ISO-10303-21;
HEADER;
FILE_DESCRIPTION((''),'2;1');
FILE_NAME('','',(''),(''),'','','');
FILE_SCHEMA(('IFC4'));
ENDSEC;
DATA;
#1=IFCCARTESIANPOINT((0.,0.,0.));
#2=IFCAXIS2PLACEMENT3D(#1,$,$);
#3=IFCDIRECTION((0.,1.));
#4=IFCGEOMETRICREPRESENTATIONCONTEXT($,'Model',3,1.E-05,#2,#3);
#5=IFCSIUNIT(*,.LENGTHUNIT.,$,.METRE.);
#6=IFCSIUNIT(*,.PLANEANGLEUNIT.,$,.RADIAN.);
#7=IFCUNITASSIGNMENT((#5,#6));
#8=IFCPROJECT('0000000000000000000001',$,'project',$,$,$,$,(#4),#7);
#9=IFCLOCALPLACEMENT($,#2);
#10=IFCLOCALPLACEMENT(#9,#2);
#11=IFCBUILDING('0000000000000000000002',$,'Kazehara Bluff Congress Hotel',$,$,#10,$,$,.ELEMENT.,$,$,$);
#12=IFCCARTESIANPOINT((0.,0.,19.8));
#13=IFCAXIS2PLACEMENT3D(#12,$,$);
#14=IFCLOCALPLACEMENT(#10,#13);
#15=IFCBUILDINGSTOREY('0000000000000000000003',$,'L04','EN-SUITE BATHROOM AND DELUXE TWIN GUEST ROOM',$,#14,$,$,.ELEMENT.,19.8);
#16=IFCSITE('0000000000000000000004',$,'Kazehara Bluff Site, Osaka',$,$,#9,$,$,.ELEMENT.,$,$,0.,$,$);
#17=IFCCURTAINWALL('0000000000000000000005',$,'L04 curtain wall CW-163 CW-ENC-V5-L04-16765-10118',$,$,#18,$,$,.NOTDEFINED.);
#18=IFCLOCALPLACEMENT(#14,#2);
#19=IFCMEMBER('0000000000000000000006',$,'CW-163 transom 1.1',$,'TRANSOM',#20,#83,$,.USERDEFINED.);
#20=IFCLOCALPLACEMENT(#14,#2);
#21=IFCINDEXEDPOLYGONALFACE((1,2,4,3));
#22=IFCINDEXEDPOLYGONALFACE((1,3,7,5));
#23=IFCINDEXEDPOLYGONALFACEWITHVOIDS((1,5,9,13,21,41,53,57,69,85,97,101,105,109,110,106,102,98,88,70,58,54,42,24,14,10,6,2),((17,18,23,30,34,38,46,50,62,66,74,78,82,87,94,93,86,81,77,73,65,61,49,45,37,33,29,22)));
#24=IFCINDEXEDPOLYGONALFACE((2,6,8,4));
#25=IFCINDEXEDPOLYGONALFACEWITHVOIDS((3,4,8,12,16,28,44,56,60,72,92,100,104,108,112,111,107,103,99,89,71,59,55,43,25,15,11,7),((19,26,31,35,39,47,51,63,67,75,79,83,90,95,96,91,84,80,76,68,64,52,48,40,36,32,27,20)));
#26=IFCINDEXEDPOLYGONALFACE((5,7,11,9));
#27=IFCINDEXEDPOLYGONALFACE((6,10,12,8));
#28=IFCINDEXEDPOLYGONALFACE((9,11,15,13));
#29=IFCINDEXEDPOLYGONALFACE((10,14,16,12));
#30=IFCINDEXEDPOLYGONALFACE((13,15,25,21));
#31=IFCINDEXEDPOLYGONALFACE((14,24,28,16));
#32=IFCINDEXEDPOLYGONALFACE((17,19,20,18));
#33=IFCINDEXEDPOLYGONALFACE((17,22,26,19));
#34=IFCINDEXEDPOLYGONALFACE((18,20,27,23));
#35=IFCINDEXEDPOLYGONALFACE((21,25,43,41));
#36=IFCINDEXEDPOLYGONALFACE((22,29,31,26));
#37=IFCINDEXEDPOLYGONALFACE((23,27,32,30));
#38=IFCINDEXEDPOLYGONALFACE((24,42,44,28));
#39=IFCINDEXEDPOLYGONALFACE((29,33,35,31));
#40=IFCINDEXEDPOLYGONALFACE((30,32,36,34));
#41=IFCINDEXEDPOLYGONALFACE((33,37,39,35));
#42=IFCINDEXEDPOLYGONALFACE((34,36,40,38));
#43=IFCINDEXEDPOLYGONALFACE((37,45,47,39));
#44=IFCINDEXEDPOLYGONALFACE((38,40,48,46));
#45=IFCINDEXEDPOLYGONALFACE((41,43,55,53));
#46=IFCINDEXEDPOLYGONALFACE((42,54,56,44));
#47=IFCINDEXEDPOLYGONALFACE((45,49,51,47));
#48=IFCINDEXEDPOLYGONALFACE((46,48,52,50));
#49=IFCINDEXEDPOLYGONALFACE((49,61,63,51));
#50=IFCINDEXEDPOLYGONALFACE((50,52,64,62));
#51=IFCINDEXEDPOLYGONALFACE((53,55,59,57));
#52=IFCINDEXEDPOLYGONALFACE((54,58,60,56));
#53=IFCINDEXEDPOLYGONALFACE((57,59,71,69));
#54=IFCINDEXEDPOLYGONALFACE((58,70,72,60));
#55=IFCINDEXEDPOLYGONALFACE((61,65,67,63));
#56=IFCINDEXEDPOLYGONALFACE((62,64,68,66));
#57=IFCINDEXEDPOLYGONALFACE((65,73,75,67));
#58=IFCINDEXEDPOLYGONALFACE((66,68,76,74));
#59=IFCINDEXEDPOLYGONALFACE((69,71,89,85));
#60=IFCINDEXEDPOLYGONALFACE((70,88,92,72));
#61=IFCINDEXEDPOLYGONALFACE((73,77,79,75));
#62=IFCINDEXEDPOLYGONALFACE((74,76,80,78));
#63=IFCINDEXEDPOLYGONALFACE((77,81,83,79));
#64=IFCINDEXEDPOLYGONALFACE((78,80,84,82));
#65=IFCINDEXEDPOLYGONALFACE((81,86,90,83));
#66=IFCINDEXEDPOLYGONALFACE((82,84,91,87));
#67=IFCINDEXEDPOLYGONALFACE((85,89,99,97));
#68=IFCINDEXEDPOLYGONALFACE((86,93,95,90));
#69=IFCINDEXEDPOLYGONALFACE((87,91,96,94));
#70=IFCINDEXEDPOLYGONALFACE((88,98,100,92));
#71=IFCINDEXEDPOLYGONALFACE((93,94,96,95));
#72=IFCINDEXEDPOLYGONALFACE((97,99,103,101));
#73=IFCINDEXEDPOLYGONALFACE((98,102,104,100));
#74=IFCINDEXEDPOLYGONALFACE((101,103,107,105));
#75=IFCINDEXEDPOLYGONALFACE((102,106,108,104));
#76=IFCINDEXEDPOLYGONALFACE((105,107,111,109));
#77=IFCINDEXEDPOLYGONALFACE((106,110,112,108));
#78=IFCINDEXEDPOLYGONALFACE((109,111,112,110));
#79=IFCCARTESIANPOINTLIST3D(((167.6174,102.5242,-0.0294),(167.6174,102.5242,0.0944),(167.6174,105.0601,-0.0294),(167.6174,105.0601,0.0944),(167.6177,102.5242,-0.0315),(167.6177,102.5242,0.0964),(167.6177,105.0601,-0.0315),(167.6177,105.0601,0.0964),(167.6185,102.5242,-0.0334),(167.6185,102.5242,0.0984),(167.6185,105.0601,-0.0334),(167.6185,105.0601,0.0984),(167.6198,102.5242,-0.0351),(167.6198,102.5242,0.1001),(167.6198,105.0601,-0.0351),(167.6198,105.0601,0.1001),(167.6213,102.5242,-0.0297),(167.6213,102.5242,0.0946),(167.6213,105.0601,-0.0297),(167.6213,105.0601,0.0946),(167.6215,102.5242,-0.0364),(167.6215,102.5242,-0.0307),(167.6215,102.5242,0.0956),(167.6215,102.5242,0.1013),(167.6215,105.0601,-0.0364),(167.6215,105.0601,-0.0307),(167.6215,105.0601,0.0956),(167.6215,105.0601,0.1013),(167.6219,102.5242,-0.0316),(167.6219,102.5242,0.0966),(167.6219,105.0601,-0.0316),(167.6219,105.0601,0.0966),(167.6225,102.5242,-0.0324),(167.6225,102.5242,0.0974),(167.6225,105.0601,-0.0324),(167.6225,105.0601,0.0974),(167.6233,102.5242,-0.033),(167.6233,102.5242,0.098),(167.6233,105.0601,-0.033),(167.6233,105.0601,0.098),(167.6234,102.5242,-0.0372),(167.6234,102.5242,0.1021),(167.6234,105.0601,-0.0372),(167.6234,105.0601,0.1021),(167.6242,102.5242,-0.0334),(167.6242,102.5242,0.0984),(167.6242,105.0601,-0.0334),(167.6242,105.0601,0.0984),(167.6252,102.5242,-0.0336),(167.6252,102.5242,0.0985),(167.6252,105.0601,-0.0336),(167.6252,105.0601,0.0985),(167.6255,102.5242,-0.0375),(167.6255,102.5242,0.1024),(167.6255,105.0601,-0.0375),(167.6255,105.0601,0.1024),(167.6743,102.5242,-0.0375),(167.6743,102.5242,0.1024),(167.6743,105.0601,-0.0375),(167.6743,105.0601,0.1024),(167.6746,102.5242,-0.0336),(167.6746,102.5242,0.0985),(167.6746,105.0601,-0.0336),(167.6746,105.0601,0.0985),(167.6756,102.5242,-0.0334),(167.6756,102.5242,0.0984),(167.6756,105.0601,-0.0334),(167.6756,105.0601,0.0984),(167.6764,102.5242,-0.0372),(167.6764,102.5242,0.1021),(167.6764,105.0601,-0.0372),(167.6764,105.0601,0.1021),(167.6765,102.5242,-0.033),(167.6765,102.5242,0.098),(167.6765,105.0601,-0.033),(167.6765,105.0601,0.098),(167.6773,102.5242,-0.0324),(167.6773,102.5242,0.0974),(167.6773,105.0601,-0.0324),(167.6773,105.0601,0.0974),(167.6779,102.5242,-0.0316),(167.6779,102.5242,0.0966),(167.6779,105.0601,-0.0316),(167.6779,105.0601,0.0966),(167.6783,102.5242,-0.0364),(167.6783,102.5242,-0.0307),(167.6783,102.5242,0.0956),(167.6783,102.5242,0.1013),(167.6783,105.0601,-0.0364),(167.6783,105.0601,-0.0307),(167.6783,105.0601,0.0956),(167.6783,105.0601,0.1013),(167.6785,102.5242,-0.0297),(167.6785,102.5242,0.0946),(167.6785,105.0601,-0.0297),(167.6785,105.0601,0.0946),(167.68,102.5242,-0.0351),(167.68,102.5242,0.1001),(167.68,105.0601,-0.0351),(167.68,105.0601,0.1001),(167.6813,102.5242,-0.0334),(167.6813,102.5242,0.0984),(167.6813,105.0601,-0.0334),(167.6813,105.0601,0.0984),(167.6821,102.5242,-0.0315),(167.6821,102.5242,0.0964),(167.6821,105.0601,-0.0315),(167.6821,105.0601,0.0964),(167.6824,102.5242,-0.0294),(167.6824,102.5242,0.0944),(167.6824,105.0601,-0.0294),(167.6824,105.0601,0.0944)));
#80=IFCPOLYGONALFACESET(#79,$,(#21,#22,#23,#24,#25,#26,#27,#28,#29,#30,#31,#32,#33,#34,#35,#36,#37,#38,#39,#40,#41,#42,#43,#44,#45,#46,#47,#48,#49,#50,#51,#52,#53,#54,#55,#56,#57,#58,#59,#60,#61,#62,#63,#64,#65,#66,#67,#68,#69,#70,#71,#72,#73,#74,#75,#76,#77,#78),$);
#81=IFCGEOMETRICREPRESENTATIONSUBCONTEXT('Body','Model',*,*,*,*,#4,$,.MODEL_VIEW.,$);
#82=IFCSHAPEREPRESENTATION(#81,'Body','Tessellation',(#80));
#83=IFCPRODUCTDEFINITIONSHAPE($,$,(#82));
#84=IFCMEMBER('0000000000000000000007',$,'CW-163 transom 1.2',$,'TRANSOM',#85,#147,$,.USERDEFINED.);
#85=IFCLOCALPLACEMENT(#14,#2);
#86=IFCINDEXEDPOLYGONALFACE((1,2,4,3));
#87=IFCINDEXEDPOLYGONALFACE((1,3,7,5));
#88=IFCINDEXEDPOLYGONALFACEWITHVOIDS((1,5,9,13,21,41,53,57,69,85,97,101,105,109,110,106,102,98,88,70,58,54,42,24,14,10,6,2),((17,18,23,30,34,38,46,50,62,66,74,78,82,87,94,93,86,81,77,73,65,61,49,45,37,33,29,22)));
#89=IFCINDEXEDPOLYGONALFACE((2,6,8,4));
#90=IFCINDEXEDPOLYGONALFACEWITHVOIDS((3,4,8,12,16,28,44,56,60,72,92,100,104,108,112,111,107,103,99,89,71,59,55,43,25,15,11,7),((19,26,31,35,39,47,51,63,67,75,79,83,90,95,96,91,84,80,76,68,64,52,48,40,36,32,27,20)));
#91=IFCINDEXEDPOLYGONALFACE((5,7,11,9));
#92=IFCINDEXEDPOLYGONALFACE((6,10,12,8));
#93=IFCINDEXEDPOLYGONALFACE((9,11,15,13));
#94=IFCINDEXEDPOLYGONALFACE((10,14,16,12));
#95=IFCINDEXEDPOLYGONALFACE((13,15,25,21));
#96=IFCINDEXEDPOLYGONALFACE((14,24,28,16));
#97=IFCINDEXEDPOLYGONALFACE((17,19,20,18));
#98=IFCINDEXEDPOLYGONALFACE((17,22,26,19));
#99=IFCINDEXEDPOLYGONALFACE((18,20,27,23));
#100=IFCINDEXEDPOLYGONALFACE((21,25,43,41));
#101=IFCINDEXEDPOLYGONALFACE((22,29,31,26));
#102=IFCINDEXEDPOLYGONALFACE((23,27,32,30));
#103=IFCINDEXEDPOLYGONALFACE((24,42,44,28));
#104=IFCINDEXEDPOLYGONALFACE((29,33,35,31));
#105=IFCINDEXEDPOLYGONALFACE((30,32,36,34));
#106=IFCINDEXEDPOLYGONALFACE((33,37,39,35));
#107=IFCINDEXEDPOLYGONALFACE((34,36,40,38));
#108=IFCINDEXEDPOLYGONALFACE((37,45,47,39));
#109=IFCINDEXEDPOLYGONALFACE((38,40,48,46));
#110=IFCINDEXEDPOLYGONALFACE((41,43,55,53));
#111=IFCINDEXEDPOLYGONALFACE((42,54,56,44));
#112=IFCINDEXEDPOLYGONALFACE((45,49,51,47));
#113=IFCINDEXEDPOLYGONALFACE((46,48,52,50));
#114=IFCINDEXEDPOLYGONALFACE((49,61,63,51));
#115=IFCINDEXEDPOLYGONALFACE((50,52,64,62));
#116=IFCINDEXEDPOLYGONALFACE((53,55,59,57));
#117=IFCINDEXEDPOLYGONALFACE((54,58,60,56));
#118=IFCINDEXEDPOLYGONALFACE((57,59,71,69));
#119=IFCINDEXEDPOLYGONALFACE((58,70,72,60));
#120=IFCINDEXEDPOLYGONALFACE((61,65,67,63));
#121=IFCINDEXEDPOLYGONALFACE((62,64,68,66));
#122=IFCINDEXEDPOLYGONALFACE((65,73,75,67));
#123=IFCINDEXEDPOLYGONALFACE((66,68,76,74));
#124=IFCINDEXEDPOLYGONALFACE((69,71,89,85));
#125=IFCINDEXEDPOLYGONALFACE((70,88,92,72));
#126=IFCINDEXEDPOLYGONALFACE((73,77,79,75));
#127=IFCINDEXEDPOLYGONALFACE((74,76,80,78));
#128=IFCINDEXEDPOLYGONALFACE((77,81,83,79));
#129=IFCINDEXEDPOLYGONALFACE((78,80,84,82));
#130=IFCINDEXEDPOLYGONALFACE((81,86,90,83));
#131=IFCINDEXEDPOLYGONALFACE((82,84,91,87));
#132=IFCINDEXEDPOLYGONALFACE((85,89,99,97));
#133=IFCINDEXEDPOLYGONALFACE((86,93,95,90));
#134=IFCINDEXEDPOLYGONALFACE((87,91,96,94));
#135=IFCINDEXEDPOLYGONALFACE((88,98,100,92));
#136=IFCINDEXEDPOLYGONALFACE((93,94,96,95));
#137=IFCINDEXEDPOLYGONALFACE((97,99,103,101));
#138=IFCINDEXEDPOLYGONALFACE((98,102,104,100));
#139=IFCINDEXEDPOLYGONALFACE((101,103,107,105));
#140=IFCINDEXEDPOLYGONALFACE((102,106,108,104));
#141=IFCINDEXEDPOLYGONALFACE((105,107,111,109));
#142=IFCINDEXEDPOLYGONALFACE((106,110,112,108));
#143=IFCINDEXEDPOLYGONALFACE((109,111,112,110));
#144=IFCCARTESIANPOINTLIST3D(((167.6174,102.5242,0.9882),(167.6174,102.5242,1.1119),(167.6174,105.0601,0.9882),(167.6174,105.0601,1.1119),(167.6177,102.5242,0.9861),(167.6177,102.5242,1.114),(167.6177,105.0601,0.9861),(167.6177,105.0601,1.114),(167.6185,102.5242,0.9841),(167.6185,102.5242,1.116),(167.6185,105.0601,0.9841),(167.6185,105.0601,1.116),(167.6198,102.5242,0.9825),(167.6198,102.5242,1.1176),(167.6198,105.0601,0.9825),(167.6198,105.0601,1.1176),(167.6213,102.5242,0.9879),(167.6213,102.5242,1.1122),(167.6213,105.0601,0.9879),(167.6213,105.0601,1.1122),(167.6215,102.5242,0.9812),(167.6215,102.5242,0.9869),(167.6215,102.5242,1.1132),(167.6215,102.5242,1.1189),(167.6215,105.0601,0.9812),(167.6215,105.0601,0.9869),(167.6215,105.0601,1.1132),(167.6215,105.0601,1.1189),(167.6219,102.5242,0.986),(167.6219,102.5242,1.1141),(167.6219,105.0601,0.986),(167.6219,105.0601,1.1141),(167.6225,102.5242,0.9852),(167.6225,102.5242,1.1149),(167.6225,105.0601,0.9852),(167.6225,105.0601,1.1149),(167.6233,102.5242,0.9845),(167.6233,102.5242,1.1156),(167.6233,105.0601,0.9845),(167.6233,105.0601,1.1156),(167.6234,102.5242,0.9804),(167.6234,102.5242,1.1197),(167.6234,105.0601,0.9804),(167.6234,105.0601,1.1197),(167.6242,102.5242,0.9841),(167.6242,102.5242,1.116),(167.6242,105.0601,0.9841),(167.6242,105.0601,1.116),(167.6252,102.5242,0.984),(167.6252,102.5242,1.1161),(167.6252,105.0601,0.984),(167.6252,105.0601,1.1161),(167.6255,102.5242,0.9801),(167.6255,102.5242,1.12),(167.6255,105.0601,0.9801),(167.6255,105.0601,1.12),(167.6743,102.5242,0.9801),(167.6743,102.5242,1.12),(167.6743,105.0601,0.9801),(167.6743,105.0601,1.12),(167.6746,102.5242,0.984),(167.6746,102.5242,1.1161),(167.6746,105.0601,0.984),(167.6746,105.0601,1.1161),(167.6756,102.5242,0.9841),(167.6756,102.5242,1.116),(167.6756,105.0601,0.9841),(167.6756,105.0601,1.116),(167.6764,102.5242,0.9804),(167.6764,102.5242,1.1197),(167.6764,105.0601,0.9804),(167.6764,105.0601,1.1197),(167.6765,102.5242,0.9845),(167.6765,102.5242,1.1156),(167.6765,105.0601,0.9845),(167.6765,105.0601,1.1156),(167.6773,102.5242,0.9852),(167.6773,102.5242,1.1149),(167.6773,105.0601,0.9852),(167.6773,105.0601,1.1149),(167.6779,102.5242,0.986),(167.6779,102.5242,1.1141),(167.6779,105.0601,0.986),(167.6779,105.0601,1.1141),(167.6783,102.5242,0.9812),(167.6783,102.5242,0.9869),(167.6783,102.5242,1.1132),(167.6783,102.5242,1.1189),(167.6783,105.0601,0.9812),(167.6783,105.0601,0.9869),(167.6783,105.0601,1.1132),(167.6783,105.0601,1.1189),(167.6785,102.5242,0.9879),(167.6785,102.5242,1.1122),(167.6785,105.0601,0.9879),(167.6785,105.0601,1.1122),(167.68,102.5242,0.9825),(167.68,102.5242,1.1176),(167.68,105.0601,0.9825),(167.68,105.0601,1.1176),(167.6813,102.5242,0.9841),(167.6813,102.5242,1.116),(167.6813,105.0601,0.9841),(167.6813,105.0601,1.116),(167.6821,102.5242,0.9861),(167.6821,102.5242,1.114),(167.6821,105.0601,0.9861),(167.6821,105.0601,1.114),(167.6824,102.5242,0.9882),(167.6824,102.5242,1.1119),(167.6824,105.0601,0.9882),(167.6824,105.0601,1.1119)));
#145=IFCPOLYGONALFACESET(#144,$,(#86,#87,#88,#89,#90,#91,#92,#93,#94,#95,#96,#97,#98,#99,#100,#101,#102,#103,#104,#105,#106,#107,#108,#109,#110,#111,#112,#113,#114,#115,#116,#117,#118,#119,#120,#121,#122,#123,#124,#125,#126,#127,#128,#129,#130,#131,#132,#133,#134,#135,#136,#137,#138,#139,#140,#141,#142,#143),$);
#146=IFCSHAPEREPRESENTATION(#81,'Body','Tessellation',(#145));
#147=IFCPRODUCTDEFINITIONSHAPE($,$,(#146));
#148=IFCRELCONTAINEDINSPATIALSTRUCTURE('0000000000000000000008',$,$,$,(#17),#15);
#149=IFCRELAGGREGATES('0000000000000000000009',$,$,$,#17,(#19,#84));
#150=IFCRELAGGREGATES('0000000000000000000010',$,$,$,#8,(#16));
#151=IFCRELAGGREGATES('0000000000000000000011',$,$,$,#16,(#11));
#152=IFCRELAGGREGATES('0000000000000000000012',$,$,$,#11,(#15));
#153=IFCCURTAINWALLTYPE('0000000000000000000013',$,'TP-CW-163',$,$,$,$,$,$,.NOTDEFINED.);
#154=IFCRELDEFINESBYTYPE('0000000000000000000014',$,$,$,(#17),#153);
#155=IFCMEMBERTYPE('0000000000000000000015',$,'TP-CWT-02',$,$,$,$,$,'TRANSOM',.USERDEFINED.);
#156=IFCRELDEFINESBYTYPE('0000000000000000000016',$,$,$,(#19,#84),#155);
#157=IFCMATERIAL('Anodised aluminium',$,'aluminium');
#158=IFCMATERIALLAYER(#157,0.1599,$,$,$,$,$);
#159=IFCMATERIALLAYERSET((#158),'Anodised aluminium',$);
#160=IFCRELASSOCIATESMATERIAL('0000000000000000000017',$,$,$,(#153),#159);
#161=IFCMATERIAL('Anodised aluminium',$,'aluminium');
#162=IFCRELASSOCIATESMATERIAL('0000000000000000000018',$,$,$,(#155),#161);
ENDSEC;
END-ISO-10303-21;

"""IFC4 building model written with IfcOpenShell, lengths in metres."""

from ifc_helpers import new_model, si_unit, direction, frame, origin, origin_2d, place, context, subcontext, project, spatial, hollow_rectangle, extrude, material, layer, layer_set, material_profile, profile_set, type_object, element, aggregate, save


model = new_model("IFC4")

# Units and contexts
model_context = context("Model", 3, precision=1e-05, world=origin(), true_north=direction((0.0, 1.0)))
body_context = subcontext(model_context, "Body", "Model", "MODEL_VIEW")
ifc_project = project(units=[si_unit("LENGTHUNIT", "METRE"), si_unit("PLANEANGLEUNIT", "RADIAN")], contexts=[model_context])

# Site, building, storey
site_placement = place(None, origin())
site = spatial("IfcSite", under=ifc_project, at=site_placement, Name="Kazehara Bluff Site, Osaka", CompositionType="ELEMENT", RefElevation=0.0)
building_placement = place(site_placement, origin())
building = spatial("IfcBuilding", under=site, at=building_placement, Name="Kazehara Bluff Congress Hotel", CompositionType="ELEMENT")
storey_placement = place(building_placement, frame((0.0, 0.0, 19.8)))
storey = spatial("IfcBuildingStorey", under=building, at=storey_placement, Name="L04", Description="EN-SUITE BATHROOM AND DELUXE TWIN GUEST ROOM", CompositionType="ELEMENT", Elevation=19.8)

# Curtain wall
ifc_material_1 = material(Name="Anodised aluminium", Category="aluminium")
ifc_layer_1 = layer(ifc_material_1, 0.1599)
ifc_layer_set_1 = layer_set([ifc_layer_1], Name="Anodised aluminium")
curtain_wall_type_1 = type_object("IfcCurtainWallType", Name="TP-CW-163", PredefinedType="NOTDEFINED", material=ifc_layer_set_1)
curtain_wall_1_placement = place(storey_placement, origin())
curtain_wall_1 = element("IfcCurtainWall", 1, at=curtain_wall_1_placement, inside=storey, type_object=curtain_wall_type_1, Name="L04 curtain wall CW-163 CW-ENC-V5-L04-16765-10118", PredefinedType="NOTDEFINED")

# Members
ifc_material_2 = material(Name="Anodised aluminium", Category="aluminium")
ifc_material_profile_1 = material_profile(ifc_material_2, hollow_rectangle(XDim=0.0649, YDim=0.1399, WallThickness=0.0039, InnerFilletRadius=0.0039, OuterFilletRadius=0.0081, at=origin_2d()))
ifc_profile_set_1 = profile_set([ifc_material_profile_1], Name="Anodised aluminium")
member_type_1 = type_object("IfcMemberType", Name="TP-CWT-02", ElementType="TRANSOM", PredefinedType="USERDEFINED", material=ifc_profile_set_1)
member_1_placement = place(storey_placement, frame((167.6499, 105.0601, 0.0325), z_axis=(0.0, -1.0, 0.0), x_axis=(1.0, 0.0, 0.0)))
member_1 = element("IfcMember", 2, at=member_1_placement, type_object=member_type_1, Name="CW-163 transom 1.1", ObjectType="TRANSOM", PredefinedType="USERDEFINED", context=body_context, shape_type="SweptSolid", body=[
    extrude(hollow_rectangle(XDim=0.0649, YDim=0.1399, WallThickness=0.0039, InnerFilletRadius=0.0039, OuterFilletRadius=0.0081, at=origin_2d()), origin(), (0.0, 0.0, 1.0), 2.5359),
])
member_2_placement = place(storey_placement, frame((167.6499, 105.0601, 1.05), z_axis=(0.0, -1.0, 0.0), x_axis=(1.0, 0.0, 0.0)))
member_2 = element("IfcMember", 3, at=member_2_placement, type_object=member_type_1, Name="CW-163 transom 1.2", ObjectType="TRANSOM", PredefinedType="USERDEFINED", context=body_context, shape_type="SweptSolid", body=[
    extrude(hollow_rectangle(XDim=0.0649, YDim=0.1399, WallThickness=0.0039, InnerFilletRadius=0.0039, OuterFilletRadius=0.0081, at=origin_2d()), origin(), (0.0, 0.0, 1.0), 2.5359),
])

aggregate(curtain_wall_1, [member_1, member_2])

save(model, "model.ifc")
